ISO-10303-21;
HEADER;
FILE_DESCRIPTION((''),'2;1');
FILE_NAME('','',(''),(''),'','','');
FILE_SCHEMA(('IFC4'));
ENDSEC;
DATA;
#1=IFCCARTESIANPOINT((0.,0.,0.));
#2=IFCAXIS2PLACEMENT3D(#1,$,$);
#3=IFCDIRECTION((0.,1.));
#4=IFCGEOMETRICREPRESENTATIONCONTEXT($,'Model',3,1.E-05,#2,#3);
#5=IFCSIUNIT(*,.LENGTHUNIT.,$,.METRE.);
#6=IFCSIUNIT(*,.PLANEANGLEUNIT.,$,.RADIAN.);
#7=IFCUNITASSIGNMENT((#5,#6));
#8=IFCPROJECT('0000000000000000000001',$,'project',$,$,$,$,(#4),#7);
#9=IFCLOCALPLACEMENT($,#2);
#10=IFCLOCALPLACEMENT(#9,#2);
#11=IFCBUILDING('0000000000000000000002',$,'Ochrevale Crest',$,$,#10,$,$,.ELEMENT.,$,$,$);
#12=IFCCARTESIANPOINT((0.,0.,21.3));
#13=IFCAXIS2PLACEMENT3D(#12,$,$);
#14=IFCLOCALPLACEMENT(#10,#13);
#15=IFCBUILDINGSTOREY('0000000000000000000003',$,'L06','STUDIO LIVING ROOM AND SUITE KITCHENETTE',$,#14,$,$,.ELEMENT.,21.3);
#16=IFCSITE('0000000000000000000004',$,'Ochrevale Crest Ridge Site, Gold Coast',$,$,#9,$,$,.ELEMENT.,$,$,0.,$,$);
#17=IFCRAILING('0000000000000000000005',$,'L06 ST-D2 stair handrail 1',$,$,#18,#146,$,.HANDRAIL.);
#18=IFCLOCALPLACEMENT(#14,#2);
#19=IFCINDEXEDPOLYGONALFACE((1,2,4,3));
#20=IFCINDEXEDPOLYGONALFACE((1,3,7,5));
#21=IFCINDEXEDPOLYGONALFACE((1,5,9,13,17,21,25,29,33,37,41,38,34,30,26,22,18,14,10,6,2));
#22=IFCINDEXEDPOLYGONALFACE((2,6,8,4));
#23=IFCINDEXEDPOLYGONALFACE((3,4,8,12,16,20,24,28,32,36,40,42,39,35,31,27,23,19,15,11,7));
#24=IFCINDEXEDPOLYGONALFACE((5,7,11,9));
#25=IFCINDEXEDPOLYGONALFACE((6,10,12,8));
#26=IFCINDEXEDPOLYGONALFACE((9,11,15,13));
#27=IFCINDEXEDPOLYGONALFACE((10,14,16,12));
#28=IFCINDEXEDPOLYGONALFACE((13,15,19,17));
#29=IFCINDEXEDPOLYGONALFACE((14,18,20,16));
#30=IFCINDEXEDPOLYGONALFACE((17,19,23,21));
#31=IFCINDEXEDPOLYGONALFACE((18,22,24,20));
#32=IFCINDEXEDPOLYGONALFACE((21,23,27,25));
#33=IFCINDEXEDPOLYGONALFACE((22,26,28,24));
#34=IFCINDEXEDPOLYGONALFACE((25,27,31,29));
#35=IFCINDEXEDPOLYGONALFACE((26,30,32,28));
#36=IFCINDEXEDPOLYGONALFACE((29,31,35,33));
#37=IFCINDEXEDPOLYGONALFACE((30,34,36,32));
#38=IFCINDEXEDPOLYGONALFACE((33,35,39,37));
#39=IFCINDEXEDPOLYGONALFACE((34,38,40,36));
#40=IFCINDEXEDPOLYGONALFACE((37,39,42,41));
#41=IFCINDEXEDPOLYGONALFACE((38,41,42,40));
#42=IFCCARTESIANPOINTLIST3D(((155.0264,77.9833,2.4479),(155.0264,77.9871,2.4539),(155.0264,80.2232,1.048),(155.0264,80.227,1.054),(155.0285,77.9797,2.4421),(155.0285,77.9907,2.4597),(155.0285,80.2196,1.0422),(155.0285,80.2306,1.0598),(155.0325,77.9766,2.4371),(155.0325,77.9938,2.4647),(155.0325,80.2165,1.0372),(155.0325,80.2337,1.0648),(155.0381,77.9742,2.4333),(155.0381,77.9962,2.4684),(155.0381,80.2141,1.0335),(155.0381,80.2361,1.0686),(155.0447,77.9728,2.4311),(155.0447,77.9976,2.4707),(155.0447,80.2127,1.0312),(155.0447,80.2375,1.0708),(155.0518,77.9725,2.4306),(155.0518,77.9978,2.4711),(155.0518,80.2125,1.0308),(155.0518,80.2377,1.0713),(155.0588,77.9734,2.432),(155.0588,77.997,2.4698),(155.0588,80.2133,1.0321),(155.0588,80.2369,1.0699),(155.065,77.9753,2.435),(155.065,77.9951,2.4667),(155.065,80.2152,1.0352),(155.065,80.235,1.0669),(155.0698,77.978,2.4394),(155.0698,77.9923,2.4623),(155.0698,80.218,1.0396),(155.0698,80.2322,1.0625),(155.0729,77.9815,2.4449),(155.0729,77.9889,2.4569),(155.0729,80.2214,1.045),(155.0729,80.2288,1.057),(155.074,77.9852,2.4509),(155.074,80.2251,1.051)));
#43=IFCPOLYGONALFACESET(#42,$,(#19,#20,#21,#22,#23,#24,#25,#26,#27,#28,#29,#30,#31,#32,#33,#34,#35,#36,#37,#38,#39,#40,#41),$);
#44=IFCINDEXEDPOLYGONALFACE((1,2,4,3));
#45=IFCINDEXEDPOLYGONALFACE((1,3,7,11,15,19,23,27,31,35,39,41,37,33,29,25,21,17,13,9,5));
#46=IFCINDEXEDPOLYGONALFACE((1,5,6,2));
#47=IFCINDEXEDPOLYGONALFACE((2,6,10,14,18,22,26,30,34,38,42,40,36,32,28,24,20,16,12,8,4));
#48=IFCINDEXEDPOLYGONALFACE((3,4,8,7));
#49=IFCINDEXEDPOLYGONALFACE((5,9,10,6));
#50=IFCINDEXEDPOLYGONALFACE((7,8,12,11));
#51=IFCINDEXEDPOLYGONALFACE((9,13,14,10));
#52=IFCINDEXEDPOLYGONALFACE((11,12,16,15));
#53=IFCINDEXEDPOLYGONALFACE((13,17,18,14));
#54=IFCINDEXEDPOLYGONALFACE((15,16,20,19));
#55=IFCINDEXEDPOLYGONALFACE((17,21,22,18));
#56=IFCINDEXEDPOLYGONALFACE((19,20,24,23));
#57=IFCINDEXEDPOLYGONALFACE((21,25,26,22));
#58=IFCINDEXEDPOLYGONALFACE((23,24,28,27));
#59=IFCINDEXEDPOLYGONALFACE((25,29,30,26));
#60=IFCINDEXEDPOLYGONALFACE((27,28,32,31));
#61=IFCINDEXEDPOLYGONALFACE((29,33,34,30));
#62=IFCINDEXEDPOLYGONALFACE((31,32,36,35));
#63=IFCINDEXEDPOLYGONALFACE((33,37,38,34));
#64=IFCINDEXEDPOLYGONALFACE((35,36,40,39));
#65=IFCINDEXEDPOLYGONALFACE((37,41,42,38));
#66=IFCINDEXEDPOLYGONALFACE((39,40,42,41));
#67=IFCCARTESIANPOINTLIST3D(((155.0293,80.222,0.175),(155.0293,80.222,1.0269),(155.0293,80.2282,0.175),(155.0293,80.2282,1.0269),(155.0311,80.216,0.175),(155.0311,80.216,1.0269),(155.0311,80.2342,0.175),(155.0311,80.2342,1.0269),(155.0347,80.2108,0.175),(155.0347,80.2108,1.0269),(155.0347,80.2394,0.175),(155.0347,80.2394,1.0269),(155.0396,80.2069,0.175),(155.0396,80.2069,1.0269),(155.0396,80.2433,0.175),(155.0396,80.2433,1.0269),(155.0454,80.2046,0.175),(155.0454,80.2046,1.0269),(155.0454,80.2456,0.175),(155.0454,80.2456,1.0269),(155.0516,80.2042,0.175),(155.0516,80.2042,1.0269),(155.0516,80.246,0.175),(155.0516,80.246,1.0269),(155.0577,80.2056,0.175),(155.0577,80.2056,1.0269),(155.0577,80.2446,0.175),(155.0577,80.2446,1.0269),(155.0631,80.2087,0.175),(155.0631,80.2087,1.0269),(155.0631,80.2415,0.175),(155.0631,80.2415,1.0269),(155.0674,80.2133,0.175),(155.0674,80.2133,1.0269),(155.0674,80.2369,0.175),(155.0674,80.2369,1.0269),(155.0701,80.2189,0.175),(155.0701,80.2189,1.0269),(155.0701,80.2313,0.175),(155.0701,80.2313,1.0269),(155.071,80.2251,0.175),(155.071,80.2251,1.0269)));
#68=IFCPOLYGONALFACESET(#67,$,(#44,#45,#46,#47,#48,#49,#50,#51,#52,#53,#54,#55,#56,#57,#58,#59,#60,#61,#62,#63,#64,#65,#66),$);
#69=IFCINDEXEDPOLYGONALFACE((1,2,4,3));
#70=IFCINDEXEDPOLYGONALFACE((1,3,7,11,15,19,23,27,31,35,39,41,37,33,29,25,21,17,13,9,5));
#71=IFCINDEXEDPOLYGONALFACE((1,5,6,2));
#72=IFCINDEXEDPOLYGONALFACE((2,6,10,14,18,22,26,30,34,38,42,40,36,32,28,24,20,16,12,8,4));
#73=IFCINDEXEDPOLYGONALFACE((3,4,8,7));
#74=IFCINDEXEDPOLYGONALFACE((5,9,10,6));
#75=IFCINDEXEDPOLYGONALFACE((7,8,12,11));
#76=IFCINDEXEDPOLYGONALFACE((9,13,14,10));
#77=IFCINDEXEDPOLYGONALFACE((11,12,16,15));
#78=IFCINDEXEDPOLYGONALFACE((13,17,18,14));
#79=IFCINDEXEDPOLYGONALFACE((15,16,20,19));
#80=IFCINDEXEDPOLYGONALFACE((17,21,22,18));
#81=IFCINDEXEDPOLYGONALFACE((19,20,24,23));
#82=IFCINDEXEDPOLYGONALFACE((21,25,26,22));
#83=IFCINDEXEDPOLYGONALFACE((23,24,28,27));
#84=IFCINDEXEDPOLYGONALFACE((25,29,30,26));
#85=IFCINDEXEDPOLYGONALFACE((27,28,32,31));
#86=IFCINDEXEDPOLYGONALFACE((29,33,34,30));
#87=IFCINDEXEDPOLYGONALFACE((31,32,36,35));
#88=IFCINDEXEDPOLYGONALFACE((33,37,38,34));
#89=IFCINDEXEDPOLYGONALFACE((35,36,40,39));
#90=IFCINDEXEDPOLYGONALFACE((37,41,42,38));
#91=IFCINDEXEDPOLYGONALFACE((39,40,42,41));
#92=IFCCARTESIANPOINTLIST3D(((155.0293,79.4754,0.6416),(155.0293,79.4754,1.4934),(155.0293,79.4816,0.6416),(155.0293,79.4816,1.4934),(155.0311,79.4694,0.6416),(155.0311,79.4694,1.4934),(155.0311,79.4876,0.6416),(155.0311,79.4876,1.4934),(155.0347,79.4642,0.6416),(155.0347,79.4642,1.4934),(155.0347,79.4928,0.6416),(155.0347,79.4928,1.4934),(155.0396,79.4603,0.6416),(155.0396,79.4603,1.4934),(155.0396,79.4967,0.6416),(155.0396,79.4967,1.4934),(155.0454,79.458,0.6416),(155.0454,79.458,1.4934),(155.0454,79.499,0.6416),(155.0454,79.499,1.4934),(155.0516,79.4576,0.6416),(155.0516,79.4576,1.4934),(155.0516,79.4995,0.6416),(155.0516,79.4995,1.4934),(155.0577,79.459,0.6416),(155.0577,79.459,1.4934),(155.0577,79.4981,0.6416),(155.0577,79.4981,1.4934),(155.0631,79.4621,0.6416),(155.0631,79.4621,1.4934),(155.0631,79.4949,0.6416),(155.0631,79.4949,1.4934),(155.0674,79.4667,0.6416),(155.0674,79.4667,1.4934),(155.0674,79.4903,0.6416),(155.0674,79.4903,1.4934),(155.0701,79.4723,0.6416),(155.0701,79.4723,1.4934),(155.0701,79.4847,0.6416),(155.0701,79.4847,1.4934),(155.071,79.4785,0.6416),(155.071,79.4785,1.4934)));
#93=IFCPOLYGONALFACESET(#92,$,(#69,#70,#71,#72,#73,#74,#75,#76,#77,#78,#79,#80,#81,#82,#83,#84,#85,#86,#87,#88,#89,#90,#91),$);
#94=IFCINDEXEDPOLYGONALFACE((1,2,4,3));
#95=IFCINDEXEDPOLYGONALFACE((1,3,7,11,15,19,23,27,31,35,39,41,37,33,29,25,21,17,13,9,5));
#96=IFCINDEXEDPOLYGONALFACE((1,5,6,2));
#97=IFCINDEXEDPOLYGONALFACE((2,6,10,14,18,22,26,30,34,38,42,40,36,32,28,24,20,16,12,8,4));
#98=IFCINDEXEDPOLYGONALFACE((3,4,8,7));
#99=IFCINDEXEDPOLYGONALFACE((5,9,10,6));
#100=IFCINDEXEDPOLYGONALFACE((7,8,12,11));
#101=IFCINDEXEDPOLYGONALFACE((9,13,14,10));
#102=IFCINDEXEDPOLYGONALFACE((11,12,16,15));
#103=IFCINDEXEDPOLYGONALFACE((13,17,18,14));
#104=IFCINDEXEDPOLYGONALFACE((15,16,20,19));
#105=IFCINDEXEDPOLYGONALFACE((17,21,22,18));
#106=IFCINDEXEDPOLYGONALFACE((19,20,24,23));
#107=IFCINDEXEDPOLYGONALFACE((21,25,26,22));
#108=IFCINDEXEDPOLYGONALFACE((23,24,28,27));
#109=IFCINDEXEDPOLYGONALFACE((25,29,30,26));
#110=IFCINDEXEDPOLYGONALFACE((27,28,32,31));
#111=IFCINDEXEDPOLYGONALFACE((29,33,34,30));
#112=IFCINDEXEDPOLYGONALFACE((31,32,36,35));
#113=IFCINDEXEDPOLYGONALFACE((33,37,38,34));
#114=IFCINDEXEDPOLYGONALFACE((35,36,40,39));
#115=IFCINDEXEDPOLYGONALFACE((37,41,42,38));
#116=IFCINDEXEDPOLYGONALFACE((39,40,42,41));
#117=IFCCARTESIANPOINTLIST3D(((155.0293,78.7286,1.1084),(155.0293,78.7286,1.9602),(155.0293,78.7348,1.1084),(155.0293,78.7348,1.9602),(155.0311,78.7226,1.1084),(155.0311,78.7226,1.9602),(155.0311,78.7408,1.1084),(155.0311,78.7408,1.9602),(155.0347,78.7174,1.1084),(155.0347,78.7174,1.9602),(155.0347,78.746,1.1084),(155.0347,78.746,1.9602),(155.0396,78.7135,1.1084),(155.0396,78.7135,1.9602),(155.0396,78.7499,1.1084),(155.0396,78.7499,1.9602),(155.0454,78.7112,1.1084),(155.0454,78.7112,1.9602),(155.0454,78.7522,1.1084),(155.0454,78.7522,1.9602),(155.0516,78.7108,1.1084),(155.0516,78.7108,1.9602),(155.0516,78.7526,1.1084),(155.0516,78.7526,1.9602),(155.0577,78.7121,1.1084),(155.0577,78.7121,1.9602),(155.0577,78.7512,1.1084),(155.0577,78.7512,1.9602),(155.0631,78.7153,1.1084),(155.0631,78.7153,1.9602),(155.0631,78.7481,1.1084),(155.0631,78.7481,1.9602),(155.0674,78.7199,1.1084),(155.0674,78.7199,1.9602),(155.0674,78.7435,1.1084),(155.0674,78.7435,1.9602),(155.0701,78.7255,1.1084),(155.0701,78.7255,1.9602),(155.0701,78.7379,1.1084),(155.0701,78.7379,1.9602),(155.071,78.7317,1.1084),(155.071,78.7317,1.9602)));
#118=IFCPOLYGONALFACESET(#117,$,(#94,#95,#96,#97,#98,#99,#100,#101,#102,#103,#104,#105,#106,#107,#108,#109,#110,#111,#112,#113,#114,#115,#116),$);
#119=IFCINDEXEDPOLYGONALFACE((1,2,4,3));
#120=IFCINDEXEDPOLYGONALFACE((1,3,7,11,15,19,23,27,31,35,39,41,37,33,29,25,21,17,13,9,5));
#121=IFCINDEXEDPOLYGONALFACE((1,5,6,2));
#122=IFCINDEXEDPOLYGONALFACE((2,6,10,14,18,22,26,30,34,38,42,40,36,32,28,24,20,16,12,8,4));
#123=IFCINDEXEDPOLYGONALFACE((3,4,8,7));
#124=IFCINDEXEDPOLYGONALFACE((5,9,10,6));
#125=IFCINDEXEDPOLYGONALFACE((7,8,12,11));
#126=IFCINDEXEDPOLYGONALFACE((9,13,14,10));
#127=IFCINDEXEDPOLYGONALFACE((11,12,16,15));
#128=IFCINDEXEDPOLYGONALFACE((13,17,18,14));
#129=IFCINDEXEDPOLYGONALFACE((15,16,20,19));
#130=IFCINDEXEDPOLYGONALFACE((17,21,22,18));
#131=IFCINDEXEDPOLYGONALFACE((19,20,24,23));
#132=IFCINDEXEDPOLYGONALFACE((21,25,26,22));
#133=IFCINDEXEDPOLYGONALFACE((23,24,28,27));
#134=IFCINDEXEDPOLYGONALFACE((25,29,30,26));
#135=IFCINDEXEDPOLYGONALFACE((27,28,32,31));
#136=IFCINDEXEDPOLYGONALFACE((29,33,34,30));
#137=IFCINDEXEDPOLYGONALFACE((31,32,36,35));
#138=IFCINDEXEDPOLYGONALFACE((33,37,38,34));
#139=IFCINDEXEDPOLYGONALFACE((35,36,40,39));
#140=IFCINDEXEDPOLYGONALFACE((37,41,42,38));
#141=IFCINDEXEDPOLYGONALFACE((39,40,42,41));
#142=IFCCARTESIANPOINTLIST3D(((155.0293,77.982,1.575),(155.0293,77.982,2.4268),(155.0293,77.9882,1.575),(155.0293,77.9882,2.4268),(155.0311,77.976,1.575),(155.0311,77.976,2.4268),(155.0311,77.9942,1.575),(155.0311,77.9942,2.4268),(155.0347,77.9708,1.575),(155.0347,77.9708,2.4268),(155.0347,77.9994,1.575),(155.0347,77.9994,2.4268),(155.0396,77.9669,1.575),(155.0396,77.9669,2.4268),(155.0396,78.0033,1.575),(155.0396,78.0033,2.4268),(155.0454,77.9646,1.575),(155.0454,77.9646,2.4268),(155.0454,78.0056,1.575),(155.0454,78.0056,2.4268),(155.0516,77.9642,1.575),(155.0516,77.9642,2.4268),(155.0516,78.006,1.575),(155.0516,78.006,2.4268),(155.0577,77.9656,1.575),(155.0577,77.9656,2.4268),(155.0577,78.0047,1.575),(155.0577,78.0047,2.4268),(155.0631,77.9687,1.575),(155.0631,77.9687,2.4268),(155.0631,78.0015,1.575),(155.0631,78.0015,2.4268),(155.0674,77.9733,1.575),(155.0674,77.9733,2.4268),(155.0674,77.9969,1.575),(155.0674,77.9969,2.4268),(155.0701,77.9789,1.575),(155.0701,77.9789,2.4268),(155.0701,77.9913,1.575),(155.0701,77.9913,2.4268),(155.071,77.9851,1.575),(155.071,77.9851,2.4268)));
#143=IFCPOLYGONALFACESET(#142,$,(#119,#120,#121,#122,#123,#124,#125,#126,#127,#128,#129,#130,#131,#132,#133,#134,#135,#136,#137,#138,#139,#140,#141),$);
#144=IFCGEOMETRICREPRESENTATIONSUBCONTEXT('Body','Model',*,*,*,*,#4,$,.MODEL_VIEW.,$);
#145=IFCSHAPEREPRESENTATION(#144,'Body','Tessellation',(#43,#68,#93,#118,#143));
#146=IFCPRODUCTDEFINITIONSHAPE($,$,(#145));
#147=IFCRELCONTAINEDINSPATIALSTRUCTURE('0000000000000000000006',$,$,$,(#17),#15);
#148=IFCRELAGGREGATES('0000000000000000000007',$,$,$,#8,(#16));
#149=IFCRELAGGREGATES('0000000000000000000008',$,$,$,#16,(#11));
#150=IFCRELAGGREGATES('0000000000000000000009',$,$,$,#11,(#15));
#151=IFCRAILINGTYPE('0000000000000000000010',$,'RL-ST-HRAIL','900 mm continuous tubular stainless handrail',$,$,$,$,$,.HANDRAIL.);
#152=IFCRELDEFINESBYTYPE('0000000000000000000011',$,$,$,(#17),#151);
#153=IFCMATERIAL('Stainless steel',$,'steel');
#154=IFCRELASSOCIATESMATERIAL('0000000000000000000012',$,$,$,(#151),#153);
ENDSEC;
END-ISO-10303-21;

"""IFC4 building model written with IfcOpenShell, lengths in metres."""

from ifc_helpers import new_model, si_unit, direction, frame, origin, origin_2d, place, context, subcontext, project, spatial, circle, extrude, material, type_object, element, save


model = new_model("IFC4")

# Units and contexts
model_context = context("Model", 3, precision=1e-05, world=origin(), true_north=direction((0.0, 1.0)))
body_context = subcontext(model_context, "Body", "Model", "MODEL_VIEW")
ifc_project = project(units=[si_unit("LENGTHUNIT", "METRE"), si_unit("PLANEANGLEUNIT", "RADIAN")], contexts=[model_context])

# Site, building, storey
site_placement = place(None, origin())
site = spatial("IfcSite", under=ifc_project, at=site_placement, Name="Ochrevale Crest Ridge Site, Gold Coast", CompositionType="ELEMENT", RefElevation=0.0)
building_placement = place(site_placement, origin())
building = spatial("IfcBuilding", under=site, at=building_placement, Name="Ochrevale Crest", CompositionType="ELEMENT")
storey_placement = place(building_placement, frame((0.0, 0.0, 21.3)))
storey = spatial("IfcBuildingStorey", under=building, at=storey_placement, Name="L06", Description="STUDIO LIVING ROOM AND SUITE KITCHENETTE", CompositionType="ELEMENT", Elevation=21.3)

# Railing
ifc_material_1 = material(Name="Stainless steel", Category="steel")
railing_type_1 = type_object("IfcRailingType", Name="RL-ST-HRAIL", Description="900 mm continuous tubular stainless handrail", PredefinedType="HANDRAIL", material=ifc_material_1)
railing_1_placement = place(storey_placement, frame((155.05, 80.2251, 0.175)))
element("IfcRailing", 1, at=railing_1_placement, inside=storey, type_object=railing_type_1, Name="L06 ST-D2 stair handrail 1", PredefinedType="HANDRAIL", context=body_context, shape_type="SweptSolid", body=[
    extrude(circle(Radius=0.0239, at=origin_2d()), frame((0.0, 0.0, 0.876), z_axis=(0.0, -0.848014, 0.529974), x_axis=(1.0, 0.0, 0.0)), (0.0, 0.0, 1.0), 2.6414),
    extrude(circle(Radius=0.021, at=origin_2d()), origin(), (0.0, 0.0, 1.0), 0.8518),
    extrude(circle(Radius=0.021, at=origin_2d()), frame((0.0, -0.7466, 0.4666)), (0.0, 0.0, 1.0), 0.8518),
    extrude(circle(Radius=0.021, at=origin_2d()), frame((0.0, -1.4934, 0.9333)), (0.0, 0.0, 1.0), 0.8518),
    extrude(circle(Radius=0.021, at=origin_2d()), frame((0.0, -2.24, 1.3999)), (0.0, 0.0, 1.0), 0.8518),
])

save(model, "model.ifc")
